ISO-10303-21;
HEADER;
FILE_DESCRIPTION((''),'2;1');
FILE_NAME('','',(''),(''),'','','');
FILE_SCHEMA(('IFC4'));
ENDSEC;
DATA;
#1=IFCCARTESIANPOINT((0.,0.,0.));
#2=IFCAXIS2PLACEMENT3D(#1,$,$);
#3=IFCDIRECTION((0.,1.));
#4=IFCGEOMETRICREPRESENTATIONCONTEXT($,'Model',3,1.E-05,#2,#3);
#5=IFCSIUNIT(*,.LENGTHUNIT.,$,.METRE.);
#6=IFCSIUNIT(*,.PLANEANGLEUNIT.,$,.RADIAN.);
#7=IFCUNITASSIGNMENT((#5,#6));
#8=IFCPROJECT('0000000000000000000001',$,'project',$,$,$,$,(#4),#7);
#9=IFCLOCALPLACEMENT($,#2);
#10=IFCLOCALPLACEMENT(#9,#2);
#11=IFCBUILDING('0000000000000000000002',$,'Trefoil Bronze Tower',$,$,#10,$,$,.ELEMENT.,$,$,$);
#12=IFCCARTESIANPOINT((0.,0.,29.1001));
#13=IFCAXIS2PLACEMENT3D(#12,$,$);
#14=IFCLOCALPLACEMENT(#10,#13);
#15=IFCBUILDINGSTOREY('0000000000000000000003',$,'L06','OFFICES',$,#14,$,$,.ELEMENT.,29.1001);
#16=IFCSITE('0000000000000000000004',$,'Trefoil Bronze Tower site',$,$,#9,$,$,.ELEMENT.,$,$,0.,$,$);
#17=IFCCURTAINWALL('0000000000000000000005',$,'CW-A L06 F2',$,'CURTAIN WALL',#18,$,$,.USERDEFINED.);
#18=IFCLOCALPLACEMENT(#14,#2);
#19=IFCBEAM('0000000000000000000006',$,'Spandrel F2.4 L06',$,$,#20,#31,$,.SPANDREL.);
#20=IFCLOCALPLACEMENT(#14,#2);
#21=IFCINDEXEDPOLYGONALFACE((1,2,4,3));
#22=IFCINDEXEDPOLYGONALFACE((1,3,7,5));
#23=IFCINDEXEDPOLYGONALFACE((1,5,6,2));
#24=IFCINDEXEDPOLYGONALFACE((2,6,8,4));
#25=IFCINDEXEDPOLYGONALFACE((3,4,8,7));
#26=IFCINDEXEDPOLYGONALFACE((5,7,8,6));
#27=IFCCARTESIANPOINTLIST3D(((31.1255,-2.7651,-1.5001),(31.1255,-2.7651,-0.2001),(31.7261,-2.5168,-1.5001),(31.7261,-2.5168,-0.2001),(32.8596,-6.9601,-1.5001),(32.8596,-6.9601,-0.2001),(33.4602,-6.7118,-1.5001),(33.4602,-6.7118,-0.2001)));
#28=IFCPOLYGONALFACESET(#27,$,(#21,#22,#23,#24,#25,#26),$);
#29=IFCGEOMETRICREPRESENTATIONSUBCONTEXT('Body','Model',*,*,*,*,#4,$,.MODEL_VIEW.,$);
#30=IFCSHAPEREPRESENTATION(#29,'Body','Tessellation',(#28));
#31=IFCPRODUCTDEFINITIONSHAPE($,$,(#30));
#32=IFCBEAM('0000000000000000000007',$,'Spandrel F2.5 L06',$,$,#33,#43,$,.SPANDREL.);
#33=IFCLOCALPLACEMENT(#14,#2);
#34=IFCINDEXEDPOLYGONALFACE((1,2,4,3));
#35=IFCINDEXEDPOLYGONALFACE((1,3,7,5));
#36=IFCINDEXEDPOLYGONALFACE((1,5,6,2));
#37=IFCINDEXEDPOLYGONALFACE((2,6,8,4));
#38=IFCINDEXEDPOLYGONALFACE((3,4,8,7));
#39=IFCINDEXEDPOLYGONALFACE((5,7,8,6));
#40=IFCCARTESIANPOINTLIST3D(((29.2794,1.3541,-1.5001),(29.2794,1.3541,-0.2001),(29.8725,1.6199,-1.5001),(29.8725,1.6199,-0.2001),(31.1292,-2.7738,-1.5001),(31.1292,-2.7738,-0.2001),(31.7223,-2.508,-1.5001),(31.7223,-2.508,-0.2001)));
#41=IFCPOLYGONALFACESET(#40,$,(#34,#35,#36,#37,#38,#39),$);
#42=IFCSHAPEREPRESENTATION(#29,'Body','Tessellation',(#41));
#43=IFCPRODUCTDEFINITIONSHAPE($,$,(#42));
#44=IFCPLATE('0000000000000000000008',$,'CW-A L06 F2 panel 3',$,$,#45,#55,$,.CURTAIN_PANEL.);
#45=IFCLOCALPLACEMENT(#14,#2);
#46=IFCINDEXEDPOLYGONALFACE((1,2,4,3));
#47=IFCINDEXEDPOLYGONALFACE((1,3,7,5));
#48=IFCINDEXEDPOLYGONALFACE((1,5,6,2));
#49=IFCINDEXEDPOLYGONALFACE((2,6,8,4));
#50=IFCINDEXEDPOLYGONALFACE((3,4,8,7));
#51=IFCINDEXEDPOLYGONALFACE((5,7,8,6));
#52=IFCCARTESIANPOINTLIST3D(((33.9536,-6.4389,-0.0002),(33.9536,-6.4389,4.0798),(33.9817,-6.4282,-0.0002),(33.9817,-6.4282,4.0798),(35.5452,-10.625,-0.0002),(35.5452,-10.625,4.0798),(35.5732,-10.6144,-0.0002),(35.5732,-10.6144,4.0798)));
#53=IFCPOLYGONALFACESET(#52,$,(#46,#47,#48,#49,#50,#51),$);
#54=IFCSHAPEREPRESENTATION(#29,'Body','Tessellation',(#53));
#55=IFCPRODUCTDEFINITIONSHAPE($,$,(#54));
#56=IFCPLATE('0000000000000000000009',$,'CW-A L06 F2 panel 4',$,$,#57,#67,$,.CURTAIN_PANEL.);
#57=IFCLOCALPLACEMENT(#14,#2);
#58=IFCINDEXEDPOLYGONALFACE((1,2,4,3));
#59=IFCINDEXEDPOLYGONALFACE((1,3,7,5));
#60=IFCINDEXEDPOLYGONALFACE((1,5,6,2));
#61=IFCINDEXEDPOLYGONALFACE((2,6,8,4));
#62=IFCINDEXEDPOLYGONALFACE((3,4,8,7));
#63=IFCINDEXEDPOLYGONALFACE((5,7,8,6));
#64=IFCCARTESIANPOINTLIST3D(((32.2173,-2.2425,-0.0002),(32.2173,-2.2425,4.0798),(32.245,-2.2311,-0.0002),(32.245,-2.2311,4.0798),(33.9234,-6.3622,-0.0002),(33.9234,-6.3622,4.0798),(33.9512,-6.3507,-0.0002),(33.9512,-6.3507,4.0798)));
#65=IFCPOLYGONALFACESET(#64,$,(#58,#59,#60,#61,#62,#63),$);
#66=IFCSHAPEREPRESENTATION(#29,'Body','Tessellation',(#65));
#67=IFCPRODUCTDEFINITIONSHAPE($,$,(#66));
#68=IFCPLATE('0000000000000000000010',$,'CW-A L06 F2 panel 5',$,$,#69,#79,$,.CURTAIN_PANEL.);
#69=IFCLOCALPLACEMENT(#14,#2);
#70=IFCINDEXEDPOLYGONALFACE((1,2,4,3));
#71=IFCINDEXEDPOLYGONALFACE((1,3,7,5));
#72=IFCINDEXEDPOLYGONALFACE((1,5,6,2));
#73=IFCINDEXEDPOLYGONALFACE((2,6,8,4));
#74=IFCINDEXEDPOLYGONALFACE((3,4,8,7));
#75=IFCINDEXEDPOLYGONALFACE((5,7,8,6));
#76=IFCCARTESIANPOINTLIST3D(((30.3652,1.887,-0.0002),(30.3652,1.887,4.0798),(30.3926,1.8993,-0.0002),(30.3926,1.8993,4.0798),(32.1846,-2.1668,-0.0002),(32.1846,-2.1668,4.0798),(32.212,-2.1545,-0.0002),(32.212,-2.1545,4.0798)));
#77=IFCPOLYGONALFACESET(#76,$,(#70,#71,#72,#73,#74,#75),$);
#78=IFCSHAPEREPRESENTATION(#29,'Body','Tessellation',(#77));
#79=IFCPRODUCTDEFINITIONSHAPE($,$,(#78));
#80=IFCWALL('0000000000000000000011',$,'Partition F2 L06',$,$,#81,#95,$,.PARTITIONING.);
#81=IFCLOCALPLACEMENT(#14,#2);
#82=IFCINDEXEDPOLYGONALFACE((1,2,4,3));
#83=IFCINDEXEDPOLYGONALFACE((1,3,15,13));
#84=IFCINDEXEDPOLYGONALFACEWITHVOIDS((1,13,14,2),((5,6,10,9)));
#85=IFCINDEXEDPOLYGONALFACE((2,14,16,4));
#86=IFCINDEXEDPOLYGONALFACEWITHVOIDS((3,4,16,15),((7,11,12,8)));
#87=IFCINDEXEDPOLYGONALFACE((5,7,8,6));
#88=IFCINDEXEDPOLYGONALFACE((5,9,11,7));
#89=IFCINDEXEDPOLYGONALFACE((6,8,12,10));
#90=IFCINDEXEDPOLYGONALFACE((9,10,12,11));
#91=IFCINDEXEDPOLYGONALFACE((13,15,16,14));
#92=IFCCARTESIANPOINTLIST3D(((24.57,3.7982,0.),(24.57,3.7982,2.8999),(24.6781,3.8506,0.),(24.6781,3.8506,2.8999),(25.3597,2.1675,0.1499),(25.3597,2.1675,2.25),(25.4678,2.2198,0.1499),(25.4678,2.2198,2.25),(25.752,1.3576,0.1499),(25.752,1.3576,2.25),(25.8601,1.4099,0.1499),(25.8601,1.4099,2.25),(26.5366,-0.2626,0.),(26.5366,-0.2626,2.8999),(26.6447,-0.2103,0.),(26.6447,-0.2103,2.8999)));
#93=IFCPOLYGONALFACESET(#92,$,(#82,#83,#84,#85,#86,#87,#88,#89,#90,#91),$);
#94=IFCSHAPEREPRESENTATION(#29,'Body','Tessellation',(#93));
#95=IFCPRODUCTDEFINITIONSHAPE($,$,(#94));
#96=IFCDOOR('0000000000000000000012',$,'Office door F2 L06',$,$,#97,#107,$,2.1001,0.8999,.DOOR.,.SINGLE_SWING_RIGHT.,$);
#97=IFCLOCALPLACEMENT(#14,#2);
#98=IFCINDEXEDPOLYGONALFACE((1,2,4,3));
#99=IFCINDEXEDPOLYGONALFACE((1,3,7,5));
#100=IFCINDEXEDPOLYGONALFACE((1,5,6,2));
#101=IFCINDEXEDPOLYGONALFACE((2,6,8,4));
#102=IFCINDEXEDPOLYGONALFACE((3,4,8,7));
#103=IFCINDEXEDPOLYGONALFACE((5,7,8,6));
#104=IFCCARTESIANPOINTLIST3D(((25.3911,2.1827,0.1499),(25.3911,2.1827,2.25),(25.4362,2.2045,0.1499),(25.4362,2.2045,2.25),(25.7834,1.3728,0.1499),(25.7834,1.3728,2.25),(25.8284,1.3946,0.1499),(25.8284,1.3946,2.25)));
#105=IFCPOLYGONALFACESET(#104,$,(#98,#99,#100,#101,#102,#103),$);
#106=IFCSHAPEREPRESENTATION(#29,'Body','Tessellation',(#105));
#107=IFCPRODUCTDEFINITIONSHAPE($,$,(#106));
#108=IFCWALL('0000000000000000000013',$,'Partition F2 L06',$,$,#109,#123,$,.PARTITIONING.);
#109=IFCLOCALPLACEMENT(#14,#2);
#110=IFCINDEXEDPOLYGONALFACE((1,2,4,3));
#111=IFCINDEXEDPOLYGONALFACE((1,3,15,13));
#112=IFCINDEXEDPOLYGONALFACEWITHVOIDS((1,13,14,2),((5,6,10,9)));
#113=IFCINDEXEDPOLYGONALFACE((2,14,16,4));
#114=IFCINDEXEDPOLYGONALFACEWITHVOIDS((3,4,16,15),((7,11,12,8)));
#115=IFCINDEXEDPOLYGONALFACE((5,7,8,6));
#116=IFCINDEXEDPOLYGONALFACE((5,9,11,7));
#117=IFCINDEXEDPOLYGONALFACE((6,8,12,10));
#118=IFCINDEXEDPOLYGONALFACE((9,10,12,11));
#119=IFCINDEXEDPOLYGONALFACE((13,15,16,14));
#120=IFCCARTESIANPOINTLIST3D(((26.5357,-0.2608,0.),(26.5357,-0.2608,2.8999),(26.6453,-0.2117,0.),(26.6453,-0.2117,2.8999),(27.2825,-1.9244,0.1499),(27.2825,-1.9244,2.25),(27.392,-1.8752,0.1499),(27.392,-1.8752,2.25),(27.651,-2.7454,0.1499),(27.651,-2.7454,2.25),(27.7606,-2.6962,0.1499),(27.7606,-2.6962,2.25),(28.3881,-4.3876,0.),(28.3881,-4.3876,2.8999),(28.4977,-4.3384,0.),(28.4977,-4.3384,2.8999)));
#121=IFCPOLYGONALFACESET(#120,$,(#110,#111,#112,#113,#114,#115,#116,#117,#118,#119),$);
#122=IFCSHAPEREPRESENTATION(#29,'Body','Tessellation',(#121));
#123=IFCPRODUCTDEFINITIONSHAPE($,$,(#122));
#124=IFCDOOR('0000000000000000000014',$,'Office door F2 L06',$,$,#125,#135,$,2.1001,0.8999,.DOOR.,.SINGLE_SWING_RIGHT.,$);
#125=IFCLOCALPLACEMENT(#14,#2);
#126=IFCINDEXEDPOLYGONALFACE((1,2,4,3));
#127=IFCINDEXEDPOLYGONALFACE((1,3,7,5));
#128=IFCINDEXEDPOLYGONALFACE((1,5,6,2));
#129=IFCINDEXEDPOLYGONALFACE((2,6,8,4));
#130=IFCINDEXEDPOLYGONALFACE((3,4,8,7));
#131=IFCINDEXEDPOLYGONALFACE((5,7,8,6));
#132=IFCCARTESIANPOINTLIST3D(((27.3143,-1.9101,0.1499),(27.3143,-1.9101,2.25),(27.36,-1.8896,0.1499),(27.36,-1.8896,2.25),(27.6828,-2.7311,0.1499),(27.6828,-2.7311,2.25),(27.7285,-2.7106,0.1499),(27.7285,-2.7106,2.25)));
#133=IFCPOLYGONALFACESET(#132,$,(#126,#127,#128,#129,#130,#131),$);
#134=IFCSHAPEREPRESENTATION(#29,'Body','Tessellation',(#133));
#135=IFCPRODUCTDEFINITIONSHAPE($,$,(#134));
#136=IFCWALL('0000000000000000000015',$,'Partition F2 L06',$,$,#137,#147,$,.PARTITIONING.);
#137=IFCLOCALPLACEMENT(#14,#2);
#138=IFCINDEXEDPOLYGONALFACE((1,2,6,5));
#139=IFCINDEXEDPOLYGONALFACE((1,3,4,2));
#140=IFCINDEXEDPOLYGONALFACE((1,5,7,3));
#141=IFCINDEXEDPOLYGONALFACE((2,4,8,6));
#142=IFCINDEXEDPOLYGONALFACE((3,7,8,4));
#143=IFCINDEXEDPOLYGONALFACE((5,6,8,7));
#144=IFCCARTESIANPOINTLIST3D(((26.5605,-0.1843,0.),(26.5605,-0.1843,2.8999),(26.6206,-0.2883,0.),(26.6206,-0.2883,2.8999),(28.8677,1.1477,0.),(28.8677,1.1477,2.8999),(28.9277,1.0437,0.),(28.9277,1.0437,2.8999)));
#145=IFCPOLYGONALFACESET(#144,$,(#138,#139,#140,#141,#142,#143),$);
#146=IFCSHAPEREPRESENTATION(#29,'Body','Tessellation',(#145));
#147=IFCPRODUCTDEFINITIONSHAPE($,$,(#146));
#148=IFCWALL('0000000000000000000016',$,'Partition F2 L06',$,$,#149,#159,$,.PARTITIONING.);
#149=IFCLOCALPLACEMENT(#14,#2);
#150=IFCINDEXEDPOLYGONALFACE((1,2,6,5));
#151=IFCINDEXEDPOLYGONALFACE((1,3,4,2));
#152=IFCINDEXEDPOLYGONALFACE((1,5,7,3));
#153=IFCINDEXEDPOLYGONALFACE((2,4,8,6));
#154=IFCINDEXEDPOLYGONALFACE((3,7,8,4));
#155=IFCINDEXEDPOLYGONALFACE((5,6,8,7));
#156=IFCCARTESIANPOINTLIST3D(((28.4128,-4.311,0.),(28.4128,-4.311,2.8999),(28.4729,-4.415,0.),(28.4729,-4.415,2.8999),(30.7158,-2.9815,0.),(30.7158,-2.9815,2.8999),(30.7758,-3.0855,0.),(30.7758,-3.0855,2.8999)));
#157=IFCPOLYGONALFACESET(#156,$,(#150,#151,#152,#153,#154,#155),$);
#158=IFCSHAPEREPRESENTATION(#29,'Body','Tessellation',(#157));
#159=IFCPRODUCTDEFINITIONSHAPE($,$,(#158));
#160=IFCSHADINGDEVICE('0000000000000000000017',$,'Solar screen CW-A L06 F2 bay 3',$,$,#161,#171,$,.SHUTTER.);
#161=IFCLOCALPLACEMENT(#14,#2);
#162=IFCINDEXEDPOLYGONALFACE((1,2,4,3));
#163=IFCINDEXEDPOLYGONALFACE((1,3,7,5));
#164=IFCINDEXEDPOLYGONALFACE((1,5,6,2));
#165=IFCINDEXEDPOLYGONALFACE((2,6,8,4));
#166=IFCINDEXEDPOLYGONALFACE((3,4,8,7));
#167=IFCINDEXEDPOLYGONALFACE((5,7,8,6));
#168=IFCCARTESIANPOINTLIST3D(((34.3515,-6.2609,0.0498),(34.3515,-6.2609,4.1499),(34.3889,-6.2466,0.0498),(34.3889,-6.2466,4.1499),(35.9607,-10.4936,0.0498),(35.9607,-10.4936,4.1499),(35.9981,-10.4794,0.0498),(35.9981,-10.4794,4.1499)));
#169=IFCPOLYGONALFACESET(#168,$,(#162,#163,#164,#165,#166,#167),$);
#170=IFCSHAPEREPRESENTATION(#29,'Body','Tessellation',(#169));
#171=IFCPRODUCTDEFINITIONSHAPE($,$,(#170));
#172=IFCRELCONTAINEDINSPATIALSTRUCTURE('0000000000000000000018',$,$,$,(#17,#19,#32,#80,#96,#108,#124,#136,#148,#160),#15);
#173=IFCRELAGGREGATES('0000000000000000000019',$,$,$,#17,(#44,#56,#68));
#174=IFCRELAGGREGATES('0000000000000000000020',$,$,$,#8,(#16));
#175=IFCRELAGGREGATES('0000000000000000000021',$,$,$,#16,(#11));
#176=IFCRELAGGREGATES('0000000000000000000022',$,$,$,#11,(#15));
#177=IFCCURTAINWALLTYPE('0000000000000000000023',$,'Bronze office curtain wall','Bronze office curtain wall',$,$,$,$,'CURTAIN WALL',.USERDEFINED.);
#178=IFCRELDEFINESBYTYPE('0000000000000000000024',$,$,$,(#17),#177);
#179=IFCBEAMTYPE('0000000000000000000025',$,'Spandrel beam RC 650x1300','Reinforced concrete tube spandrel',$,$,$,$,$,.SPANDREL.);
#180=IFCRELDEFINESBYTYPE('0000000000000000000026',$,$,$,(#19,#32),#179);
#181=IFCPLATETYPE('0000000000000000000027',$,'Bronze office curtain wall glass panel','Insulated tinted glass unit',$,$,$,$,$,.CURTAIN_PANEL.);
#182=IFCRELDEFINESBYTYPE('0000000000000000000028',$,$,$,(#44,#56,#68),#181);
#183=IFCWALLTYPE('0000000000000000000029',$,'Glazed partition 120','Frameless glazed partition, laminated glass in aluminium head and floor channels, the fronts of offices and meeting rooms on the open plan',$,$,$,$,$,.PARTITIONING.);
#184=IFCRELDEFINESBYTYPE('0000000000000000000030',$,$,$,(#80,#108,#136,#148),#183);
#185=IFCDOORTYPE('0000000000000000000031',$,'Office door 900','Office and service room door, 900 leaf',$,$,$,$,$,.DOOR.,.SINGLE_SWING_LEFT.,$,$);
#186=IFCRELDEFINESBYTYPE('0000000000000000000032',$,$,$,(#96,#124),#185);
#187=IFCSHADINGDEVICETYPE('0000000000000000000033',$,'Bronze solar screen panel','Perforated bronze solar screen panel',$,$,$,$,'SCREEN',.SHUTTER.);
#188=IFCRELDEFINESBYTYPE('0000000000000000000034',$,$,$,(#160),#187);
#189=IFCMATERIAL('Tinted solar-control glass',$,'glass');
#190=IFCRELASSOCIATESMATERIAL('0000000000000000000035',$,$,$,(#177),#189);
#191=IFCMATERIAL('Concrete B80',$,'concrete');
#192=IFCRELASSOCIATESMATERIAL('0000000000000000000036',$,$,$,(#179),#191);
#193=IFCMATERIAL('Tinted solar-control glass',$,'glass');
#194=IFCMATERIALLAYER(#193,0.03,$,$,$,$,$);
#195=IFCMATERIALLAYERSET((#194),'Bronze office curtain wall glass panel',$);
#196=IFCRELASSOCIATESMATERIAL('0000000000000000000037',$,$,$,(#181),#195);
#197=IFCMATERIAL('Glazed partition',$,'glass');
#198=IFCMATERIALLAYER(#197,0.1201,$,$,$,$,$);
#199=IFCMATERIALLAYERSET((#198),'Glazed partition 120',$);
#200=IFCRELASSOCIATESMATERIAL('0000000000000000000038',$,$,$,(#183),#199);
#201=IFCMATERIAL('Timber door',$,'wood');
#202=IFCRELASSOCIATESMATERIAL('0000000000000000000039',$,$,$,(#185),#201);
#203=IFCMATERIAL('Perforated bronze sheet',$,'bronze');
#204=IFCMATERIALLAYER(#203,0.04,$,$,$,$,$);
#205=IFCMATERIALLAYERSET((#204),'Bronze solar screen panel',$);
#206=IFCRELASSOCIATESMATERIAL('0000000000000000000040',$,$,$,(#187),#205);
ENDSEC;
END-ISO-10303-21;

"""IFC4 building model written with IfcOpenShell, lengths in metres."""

from ifc_helpers import new_model, si_unit, direction, frame, frame_2d, origin, origin_2d, place, context, subcontext, project, spatial, rectangle, extrude, material, layer, layer_set, material_profile, profile_set, type_object, element, fill, aggregate, save


model = new_model("IFC4")

# Units and contexts
model_context = context("Model", 3, precision=1e-05, world=origin(), true_north=direction((0.0, 1.0)))
body_context = subcontext(model_context, "Body", "Model", "MODEL_VIEW")
ifc_project = project(units=[si_unit("LENGTHUNIT", "METRE"), si_unit("PLANEANGLEUNIT", "RADIAN")], contexts=[model_context])

# Site, building, storey
site_placement = place(None, origin())
site = spatial("IfcSite", under=ifc_project, at=site_placement, Name="Trefoil Bronze Tower site", CompositionType="ELEMENT", RefElevation=0.0)
building_placement = place(site_placement, origin())
building = spatial("IfcBuilding", under=site, at=building_placement, Name="Trefoil Bronze Tower", CompositionType="ELEMENT")
storey_placement = place(building_placement, frame((0.0, 0.0, 29.1001)))
storey = spatial("IfcBuildingStorey", under=building, at=storey_placement, Name="L06", Description="OFFICES", CompositionType="ELEMENT", Elevation=29.1001)

# Curtain wall
ifc_material_1 = material(Name="Tinted solar-control glass", Category="glass")
curtain_wall_type = type_object("IfcCurtainWallType", Name="Bronze office curtain wall", Description="Bronze office curtain wall", ElementType="CURTAIN WALL", PredefinedType="USERDEFINED", material=ifc_material_1)
curtain_wall_placement = place(storey_placement, origin())
curtain_wall = element("IfcCurtainWall", 1, at=curtain_wall_placement, inside=storey, type_object=curtain_wall_type, Name="CW-A L06 F2", ObjectType="CURTAIN WALL", PredefinedType="USERDEFINED")

# Beams
ifc_material_2 = material(Name="Concrete B80", Category="concrete")
ifc_material_profile_1 = material_profile(ifc_material_2, rectangle(XDim=0.6499, YDim=1.3, at=origin_2d()), Name="RC 650x1300")
ifc_profile_set_1 = profile_set([ifc_material_profile_1], Name="Concrete B80")
beam_type_1 = type_object("IfcBeamType", Name="Spandrel beam RC 650x1300", Description="Reinforced concrete tube spandrel", PredefinedType="SPANDREL", material=ifc_profile_set_1)
beam_1_placement = place(storey_placement, frame((33.1599, -6.8359, -0.8501), z_axis=(-0.382021, 0.924154, 0.0), x_axis=(-0.924154, -0.382021, 0.0)))
element("IfcBeam", 2, at=beam_1_placement, inside=storey, type_object=beam_type_1, Name="Spandrel F2.4 L06", PredefinedType="SPANDREL", context=body_context, shape_type="SweptSolid", body=[
    extrude(rectangle(XDim=0.6499, YDim=1.3, at=origin_2d()), origin(), (0.0, 0.0, 1.0), 4.5393),
])
beam_2_placement = place(storey_placement, frame((31.4258, -2.6409, -0.8501), z_axis=(-0.408946, 0.912559, 0.0), x_axis=(-0.912559, -0.408946, 0.0)))
element("IfcBeam", 3, at=beam_2_placement, inside=storey, type_object=beam_type_1, Name="Spandrel F2.5 L06", PredefinedType="SPANDREL", context=body_context, shape_type="SweptSolid", body=[
    extrude(rectangle(XDim=0.6499, YDim=1.3, at=origin_2d()), origin(), (0.0, 0.0, 1.0), 4.5234),
])

# Plates
ifc_material_3 = material(Name="Tinted solar-control glass", Category="glass")
ifc_layer_1 = layer(ifc_material_3, 0.03)
ifc_layer_set_1 = layer_set([ifc_layer_1], Name="Bronze office curtain wall glass panel")
plate_type = type_object("IfcPlateType", Name="Bronze office curtain wall glass panel", Description="Insulated tinted glass unit", PredefinedType="CURTAIN_PANEL", material=ifc_layer_set_1)
plate_1_placement = place(storey_placement, frame((34.7634, -8.5266, -0.0002), z_axis=(0.0, 0.0, 1.0), x_axis=(-0.355371, 0.934725, 0.0)))
plate_1 = element("IfcPlate", 4, at=plate_1_placement, type_object=plate_type, Name="CW-A L06 F2 panel 3", PredefinedType="CURTAIN_PANEL", context=body_context, shape_type="SweptSolid", body=[
    extrude(rectangle(XDim=4.4785, YDim=0.03, at=origin_2d()), origin(), (0.0, 0.0, 1.0), 4.0801),
])
plate_2_placement = place(storey_placement, frame((33.0842, -4.2966, -0.0002), z_axis=(0.0, 0.0, 1.0), x_axis=(-0.38263, 0.923902, 0.0)))
plate_2 = element("IfcPlate", 5, at=plate_2_placement, type_object=plate_type, Name="CW-A L06 F2 panel 4", PredefinedType="CURTAIN_PANEL", context=body_context, shape_type="SweptSolid", body=[
    extrude(rectangle(XDim=4.459, YDim=0.03, at=origin_2d()), origin(), (0.0, 0.0, 1.0), 4.0801),
])
plate_3_placement = place(storey_placement, frame((31.2886, -0.1338, -0.0002), z_axis=(0.0, 0.0, 1.0), x_axis=(-0.409456, 0.91233, 0.0)))
plate_3 = element("IfcPlate", 6, at=plate_3_placement, type_object=plate_type, Name="CW-A L06 F2 panel 5", PredefinedType="CURTAIN_PANEL", context=body_context, shape_type="SweptSolid", body=[
    extrude(rectangle(XDim=4.4434, YDim=0.03, at=origin_2d()), origin(), (0.0, 0.0, 1.0), 4.0801),
])
aggregate(curtain_wall, [plate_1, plate_2, plate_3])

# Walls, openings, doors
ifc_material_4 = material(Name="Glazed partition", Category="glass")
ifc_layer_2 = layer(ifc_material_4, 0.1201)
ifc_layer_set_2 = layer_set([ifc_layer_2], Name="Glazed partition 120")
wall_type = type_object("IfcWallType", Name="Glazed partition 120", Description="Frameless glazed partition, laminated glass in aluminium head and floor channels, the fronts of offices and meeting rooms on the open plan", PredefinedType="PARTITIONING", material=ifc_layer_set_2)
wall_1_placement = place(storey_placement, frame((26.5906, -0.2363, 0.0), z_axis=(0.0, 0.0, 1.0), x_axis=(-0.435858, 0.900015, 0.0)))
wall_1 = element("IfcWall", 7, at=wall_1_placement, inside=storey, type_object=wall_type, Name="Partition F2 L06", PredefinedType="PARTITIONING", context=body_context, shape_type="SweptSolid", body=[
    extrude(rectangle(XDim=4.512, YDim=0.1201, at=frame_2d((2.2559, 0.0))), origin(), (0.0, 0.0, 1.0), 2.8999),
])
opening_1_placement = place(wall_1_placement, frame((1.8, 0.0, 0.1499)))
opening_1 = element("IfcOpeningElement", 8, at=opening_1_placement, cuts=wall_1, PredefinedType="OPENING", context=body_context, shape_type="SweptSolid", body=[
    extrude(rectangle(XDim=0.8999, YDim=2.1001, at=frame_2d((0.45, 1.05))), frame((0.0, 0.0701, 0.0), z_axis=(0.0, -1.0, 0.0), x_axis=(1.0, 0.0, 0.0)), (0.0, 0.0, 1.0), 0.1401),
])
ifc_material_5 = material(Name="Timber door", Category="wood")
door_type = type_object("IfcDoorType", Name="Office door 900", Description="Office and service room door, 900 leaf", OperationType="SINGLE_SWING_LEFT", PredefinedType="DOOR", material=ifc_material_5)
door_1_placement = place(opening_1_placement, frame((0.8999, 0.0, 0.0), z_axis=(0.0, 0.0, 1.0), x_axis=(-1.0, 0.0, 0.0)))
door_1 = element("IfcDoor", 9, at=door_1_placement, inside=storey, type_object=door_type, Name="Office door F2 L06", OperationType="SINGLE_SWING_RIGHT", OverallHeight=2.1001, OverallWidth=0.8999, PredefinedType="DOOR", context=body_context, shape_type="SweptSolid", body=[
    extrude(rectangle(XDim=0.8999, YDim=2.1001, at=frame_2d((0.45, 1.05))), frame((0.0, 0.0249, 0.0), z_axis=(0.0, -1.0, 0.0), x_axis=(1.0, 0.0, 0.0)), (0.0, 0.0, 1.0), 0.05),
])
fill(opening_1, door_1)
wall_2_placement = place(storey_placement, frame((28.4429, -4.363, 0.0), z_axis=(0.0, 0.0, 1.0), x_axis=(-0.409496, 0.912312, 0.0)))
wall_2 = element("IfcWall", 10, at=wall_2_placement, inside=storey, type_object=wall_type, Name="Partition F2 L06", PredefinedType="PARTITIONING", context=body_context, shape_type="SweptSolid", body=[
    extrude(rectangle(XDim=4.5234, YDim=0.1201, at=frame_2d((2.2617, 0.0))), origin(), (0.0, 0.0, 1.0), 2.8999),
])
opening_2_placement = place(wall_2_placement, frame((1.8, 0.0, 0.1499)))
opening_2 = element("IfcOpeningElement", 11, at=opening_2_placement, cuts=wall_2, PredefinedType="OPENING", context=body_context, shape_type="SweptSolid", body=[
    extrude(rectangle(XDim=0.8999, YDim=2.1001, at=frame_2d((0.45, 1.05))), frame((0.0, 0.0701, 0.0), z_axis=(0.0, -1.0, 0.0), x_axis=(1.0, 0.0, 0.0)), (0.0, 0.0, 1.0), 0.1401),
])
door_2_placement = place(opening_2_placement, frame((0.8999, 0.0, 0.0), z_axis=(0.0, 0.0, 1.0), x_axis=(-1.0, 0.0, 0.0)))
door_2 = element("IfcDoor", 12, at=door_2_placement, inside=storey, type_object=door_type, Name="Office door F2 L06", OperationType="SINGLE_SWING_RIGHT", OverallHeight=2.1001, OverallWidth=0.8999, PredefinedType="DOOR", context=body_context, shape_type="SweptSolid", body=[
    extrude(rectangle(XDim=0.8999, YDim=2.1001, at=frame_2d((0.45, 1.05))), frame((0.0, 0.0249, 0.0), z_axis=(0.0, -1.0, 0.0), x_axis=(1.0, 0.0, 0.0)), (0.0, 0.0, 1.0), 0.05),
])
fill(opening_2, door_2)

# Walls
wall_3_placement = place(storey_placement, frame((26.5906, -0.2363, 0.0), z_axis=(0.0, 0.0, 1.0), x_axis=(0.866024, 0.500003, 0.0)))
element("IfcWall", 13, at=wall_3_placement, inside=storey, type_object=wall_type, Name="Partition F2 L06", PredefinedType="PARTITIONING", context=body_context, shape_type="SweptSolid", body=[
    extrude(rectangle(XDim=2.6641, YDim=0.1201, at=frame_2d((1.332, 0.0))), origin(), (0.0, 0.0, 1.0), 2.8999),
])
wall_4_placement = place(storey_placement, frame((28.4429, -4.363, 0.0), z_axis=(0.0, 0.0, 1.0), x_axis=(0.866031, 0.49999, 0.0)))
element("IfcWall", 14, at=wall_4_placement, inside=storey, type_object=wall_type, Name="Partition F2 L06", PredefinedType="PARTITIONING", context=body_context, shape_type="SweptSolid", body=[
    extrude(rectangle(XDim=2.6592, YDim=0.1201, at=frame_2d((1.3296, 0.0))), origin(), (0.0, 0.0, 1.0), 2.8999),
])

# Shading device
ifc_material_6 = material(Name="Perforated bronze sheet", Category="bronze")
ifc_layer_3 = layer(ifc_material_6, 0.04)
ifc_layer_set_3 = layer_set([ifc_layer_3], Name="Bronze solar screen panel")
shading_device_type = type_object("IfcShadingDeviceType", Name="Bronze solar screen panel", Description="Perforated bronze solar screen panel", ElementType="SCREEN", PredefinedType="SHUTTER", material=ifc_layer_set_3)
shading_device_1_placement = place(storey_placement, frame((35.1748, -8.3701, 0.0498), z_axis=(0.0, 0.0, 1.0), x_axis=(-0.355371, 0.934725, 0.0)))
element("IfcShadingDevice", 15, at=shading_device_1_placement, inside=storey, type_object=shading_device_type, Name="Solar screen CW-A L06 F2 bay 3", PredefinedType="SHUTTER", context=body_context, shape_type="SweptSolid", body=[
    extrude(rectangle(XDim=4.5283, YDim=0.04, at=origin_2d()), origin(), (0.0, 0.0, 1.0), 4.1001),
])

save(model, "model.ifc")
